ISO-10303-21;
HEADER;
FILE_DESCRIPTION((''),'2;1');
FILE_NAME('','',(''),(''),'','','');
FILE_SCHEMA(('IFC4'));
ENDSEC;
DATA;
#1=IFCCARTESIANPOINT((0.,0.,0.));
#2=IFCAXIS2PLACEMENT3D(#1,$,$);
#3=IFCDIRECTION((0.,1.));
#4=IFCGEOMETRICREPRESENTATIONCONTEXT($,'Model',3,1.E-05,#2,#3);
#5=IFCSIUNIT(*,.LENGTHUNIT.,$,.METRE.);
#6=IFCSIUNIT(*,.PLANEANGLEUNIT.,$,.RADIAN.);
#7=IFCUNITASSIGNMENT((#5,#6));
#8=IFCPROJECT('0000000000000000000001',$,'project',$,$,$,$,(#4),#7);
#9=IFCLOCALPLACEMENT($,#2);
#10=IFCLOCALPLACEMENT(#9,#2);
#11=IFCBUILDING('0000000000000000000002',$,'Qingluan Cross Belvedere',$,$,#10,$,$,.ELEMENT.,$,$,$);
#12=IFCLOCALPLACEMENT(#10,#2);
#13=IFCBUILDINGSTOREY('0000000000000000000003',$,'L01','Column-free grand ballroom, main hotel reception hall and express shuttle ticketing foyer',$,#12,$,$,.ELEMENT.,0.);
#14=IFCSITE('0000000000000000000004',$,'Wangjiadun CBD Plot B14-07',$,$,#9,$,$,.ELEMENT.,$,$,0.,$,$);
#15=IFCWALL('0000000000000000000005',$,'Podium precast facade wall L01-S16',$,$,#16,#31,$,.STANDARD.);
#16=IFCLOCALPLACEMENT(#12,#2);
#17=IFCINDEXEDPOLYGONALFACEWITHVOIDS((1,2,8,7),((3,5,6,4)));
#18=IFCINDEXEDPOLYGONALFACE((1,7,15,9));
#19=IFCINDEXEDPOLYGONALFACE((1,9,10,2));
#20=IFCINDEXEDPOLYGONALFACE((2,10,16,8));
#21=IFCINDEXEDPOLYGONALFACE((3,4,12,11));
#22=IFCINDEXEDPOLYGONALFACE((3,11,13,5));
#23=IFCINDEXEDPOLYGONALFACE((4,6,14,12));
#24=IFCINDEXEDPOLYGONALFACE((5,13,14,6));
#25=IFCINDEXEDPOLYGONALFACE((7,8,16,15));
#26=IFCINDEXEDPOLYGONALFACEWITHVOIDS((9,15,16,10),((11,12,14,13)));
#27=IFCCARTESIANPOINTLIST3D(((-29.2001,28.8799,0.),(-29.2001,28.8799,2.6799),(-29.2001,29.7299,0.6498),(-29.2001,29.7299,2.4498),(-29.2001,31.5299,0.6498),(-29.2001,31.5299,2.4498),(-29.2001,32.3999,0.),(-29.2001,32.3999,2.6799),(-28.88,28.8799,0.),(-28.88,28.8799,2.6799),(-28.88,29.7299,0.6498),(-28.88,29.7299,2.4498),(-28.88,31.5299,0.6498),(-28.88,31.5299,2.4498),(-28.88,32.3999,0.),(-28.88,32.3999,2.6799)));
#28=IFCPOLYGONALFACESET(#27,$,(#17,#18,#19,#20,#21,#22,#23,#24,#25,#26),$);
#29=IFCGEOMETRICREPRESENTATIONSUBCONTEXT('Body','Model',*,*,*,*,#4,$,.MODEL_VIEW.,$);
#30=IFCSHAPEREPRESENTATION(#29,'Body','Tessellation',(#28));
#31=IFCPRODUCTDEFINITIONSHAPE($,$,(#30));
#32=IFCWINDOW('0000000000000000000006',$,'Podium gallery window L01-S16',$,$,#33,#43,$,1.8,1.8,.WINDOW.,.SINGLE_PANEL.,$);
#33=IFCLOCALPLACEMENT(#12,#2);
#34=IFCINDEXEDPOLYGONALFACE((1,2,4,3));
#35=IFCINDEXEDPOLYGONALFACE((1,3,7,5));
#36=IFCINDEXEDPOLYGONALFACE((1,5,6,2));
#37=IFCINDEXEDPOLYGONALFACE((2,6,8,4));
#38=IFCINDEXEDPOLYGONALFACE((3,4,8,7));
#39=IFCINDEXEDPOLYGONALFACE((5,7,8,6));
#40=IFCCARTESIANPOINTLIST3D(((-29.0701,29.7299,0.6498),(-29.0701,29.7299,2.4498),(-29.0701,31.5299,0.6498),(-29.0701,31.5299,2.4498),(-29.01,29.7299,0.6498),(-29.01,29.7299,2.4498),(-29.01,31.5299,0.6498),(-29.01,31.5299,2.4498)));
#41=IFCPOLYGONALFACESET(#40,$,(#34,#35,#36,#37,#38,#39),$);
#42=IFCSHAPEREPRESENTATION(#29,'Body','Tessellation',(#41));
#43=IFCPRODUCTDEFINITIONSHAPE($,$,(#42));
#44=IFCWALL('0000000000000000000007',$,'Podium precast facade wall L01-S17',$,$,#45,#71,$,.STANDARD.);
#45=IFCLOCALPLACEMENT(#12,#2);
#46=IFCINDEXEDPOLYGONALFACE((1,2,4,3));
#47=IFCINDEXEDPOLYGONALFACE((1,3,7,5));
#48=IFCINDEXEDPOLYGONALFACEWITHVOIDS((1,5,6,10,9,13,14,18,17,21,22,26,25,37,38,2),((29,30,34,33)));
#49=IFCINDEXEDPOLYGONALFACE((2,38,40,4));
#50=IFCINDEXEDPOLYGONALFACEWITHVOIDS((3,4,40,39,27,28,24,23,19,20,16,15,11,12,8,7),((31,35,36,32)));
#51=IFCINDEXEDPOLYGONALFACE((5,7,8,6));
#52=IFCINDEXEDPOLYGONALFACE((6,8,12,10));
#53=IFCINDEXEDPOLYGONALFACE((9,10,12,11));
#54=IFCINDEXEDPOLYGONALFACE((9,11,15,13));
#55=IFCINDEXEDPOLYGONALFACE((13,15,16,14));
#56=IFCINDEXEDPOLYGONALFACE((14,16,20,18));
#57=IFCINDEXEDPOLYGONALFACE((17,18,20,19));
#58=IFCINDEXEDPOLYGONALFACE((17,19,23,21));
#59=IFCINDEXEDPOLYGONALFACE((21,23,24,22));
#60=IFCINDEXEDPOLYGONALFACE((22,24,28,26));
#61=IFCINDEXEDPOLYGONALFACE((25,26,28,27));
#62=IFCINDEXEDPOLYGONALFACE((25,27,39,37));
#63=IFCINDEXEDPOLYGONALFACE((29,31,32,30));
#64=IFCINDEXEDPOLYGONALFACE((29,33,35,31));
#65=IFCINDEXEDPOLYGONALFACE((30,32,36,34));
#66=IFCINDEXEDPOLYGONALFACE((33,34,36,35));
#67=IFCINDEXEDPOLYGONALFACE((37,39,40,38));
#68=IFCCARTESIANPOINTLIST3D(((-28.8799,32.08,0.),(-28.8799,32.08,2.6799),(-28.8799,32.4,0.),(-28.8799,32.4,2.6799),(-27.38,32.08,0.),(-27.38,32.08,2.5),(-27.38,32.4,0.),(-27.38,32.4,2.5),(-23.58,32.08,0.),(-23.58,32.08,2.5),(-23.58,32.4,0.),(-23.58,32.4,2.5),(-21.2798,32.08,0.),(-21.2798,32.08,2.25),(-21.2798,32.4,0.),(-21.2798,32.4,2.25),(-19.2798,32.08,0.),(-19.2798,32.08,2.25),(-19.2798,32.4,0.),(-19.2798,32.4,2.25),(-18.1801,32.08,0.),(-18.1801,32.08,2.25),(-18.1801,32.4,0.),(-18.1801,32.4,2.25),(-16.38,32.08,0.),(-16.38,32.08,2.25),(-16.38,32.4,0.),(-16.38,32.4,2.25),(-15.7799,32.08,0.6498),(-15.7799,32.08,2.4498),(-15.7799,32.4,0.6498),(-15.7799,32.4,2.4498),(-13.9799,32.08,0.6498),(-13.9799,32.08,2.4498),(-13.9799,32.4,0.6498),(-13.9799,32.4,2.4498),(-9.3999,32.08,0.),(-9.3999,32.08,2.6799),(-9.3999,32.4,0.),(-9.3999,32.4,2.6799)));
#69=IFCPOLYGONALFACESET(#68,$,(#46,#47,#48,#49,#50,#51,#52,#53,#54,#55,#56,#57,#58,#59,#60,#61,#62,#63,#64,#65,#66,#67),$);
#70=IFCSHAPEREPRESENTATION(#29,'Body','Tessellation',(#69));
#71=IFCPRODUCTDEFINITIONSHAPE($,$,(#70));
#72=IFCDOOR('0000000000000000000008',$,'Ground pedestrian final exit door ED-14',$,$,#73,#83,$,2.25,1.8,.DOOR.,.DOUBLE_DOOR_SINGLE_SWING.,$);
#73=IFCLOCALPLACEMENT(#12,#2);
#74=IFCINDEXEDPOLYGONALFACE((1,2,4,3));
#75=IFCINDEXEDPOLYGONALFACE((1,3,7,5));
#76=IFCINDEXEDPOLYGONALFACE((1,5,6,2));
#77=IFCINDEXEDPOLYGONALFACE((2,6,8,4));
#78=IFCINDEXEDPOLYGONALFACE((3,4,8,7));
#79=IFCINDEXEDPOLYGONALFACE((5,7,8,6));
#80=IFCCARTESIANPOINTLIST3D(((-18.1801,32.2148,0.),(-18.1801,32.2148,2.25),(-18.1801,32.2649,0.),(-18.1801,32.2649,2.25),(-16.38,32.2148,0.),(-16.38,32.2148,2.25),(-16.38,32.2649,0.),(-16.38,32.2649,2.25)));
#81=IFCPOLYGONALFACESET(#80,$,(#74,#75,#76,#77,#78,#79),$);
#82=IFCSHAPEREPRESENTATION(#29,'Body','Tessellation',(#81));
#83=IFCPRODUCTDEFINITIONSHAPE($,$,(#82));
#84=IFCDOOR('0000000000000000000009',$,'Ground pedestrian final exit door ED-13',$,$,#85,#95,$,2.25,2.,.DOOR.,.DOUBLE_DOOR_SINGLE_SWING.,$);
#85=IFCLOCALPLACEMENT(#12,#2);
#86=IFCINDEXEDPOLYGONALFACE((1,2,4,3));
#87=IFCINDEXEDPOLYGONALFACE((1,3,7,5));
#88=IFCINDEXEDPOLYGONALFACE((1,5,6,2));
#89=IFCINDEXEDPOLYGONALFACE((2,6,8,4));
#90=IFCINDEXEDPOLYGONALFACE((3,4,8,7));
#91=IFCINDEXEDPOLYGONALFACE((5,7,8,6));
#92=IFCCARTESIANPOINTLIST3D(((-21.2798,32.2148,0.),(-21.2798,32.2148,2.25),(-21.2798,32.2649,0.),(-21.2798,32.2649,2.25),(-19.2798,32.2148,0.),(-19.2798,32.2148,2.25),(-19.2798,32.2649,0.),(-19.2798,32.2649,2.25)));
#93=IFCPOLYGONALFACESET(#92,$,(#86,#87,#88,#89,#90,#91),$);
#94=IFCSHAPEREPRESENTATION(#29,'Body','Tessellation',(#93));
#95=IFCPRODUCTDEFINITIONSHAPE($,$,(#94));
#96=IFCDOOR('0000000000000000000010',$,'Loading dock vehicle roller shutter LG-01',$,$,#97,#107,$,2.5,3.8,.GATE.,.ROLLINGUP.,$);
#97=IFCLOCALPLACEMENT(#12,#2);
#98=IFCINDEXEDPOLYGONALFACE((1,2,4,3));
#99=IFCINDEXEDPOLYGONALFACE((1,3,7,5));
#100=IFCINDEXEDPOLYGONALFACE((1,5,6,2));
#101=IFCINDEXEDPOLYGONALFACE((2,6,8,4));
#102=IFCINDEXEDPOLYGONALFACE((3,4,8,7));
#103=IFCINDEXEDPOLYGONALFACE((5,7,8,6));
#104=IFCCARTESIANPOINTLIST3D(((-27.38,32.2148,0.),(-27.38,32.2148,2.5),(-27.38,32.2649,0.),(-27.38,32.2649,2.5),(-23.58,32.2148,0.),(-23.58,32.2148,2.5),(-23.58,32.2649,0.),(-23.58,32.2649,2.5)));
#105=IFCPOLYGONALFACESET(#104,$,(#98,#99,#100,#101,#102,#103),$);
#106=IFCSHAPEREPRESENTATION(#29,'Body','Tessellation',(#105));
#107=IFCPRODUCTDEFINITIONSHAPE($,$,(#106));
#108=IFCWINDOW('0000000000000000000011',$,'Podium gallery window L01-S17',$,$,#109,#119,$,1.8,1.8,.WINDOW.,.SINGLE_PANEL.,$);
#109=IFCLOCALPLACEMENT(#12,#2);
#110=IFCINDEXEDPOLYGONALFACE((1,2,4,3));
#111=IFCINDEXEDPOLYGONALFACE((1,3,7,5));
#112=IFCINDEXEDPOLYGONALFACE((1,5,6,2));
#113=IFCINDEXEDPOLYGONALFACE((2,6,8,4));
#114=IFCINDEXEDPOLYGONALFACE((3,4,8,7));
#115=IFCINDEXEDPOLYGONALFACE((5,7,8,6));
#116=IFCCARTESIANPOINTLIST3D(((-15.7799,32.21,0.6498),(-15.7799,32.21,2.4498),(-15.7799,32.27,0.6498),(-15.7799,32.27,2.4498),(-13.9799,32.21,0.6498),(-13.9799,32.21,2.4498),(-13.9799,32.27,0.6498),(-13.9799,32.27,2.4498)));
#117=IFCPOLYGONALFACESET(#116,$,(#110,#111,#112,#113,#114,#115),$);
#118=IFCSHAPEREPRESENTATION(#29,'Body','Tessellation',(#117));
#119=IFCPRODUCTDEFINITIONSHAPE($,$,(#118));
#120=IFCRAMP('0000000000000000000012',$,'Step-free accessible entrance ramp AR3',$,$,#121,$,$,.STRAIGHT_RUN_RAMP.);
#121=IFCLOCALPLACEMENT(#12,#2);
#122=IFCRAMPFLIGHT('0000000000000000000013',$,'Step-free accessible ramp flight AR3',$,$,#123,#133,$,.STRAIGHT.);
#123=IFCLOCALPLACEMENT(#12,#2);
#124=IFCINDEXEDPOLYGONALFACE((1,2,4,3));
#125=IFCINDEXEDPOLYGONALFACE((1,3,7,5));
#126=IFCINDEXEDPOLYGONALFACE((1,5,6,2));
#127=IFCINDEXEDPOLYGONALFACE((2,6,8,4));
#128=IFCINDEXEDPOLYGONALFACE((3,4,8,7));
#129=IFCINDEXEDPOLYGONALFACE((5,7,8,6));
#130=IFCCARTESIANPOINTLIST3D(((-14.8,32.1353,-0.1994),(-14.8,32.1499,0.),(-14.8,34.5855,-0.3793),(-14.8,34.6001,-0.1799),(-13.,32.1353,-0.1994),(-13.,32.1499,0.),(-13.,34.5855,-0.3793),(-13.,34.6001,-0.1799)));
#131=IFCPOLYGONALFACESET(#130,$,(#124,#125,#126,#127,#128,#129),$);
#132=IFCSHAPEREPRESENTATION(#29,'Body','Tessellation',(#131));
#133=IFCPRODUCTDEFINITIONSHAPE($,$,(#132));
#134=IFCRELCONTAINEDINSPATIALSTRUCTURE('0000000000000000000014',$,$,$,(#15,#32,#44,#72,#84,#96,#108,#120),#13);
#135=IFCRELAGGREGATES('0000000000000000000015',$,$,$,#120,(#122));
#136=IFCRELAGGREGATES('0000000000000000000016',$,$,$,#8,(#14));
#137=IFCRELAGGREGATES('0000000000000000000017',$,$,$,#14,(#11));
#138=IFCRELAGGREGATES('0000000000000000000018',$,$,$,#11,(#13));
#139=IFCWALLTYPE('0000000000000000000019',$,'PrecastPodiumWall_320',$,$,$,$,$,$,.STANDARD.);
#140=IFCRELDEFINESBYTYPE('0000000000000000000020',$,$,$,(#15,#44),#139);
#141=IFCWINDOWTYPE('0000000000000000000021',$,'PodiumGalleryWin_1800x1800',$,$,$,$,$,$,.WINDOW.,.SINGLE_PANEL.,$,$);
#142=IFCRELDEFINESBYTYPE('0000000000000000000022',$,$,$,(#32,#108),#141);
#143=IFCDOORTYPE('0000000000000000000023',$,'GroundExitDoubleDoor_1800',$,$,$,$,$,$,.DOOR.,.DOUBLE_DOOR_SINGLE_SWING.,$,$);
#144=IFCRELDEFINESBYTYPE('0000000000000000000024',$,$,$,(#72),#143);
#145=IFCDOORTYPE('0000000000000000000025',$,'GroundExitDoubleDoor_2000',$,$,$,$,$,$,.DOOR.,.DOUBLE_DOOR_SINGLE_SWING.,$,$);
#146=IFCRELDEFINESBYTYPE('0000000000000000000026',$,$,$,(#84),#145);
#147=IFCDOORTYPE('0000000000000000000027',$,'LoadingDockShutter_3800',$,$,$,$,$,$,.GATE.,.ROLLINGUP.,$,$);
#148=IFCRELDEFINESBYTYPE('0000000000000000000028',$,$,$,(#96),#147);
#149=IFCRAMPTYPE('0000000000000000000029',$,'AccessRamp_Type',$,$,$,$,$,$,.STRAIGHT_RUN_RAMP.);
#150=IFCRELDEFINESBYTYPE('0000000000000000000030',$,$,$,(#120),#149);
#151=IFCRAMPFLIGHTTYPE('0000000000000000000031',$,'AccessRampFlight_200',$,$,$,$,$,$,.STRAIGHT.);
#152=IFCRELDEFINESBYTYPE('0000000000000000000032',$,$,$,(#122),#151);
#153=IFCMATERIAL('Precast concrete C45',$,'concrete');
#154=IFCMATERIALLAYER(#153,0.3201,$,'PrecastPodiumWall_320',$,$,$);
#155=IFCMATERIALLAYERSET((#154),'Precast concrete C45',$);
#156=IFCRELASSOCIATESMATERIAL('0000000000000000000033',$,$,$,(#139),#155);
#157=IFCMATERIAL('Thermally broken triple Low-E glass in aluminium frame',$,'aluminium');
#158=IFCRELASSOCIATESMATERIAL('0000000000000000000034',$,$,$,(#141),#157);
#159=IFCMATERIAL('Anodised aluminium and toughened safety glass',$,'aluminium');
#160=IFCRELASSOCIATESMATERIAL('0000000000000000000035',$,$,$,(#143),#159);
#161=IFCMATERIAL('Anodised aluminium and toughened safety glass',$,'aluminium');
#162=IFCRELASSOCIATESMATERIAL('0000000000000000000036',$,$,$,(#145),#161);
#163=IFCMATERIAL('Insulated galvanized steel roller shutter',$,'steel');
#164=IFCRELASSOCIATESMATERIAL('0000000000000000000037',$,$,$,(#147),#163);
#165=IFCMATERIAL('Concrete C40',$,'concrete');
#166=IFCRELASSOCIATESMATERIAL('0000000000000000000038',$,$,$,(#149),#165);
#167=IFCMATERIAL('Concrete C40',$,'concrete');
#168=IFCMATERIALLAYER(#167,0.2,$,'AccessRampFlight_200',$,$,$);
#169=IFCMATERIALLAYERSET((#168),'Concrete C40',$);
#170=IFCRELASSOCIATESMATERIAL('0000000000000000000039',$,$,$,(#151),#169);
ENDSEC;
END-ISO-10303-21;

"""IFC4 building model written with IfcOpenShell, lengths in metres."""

from ifc_helpers import new_model, si_unit, direction, frame, frame_2d, origin, place, context, subcontext, project, spatial, polyline, rectangle, outline, extrude, material, layer, layer_set, type_object, element, fill, aggregate, save


model = new_model("IFC4")

# Units and contexts
model_context = context("Model", 3, precision=1e-05, world=origin(), true_north=direction((0.0, 1.0)))
body_context = subcontext(model_context, "Body", "Model", "MODEL_VIEW")
ifc_project = project(units=[si_unit("LENGTHUNIT", "METRE"), si_unit("PLANEANGLEUNIT", "RADIAN")], contexts=[model_context])

# Site, building, storey
site_placement = place(None, origin())
site = spatial("IfcSite", under=ifc_project, at=site_placement, Name="Wangjiadun CBD Plot B14-07", CompositionType="ELEMENT", RefElevation=0.0)
building_placement = place(site_placement, origin())
building = spatial("IfcBuilding", under=site, at=building_placement, Name="Qingluan Cross Belvedere", CompositionType="ELEMENT")
storey_placement = place(building_placement, origin())
storey = spatial("IfcBuildingStorey", under=building, at=storey_placement, Name="L01", Description="Column-free grand ballroom, main hotel reception hall and express shuttle ticketing foyer", CompositionType="ELEMENT", Elevation=0.0)

# Shared definitions
ifc_material_1 = material(Name="Precast concrete C45", Category="concrete")
ifc_layer_1 = layer(ifc_material_1, 0.3201, Name="PrecastPodiumWall_320")
ifc_layer_set_1 = layer_set([ifc_layer_1], Name="Precast concrete C45")
wall_type_1 = type_object("IfcWallType", Name="PrecastPodiumWall_320", PredefinedType="STANDARD", material=ifc_layer_set_1)

# Wall, opening, window
wall_1_placement = place(storey_placement, frame((-29.04, 28.8799, 0.0), z_axis=(0.0, 0.0, 1.0), x_axis=(0.0, 1.0, 0.0)))
wall_1 = element("IfcWall", 1, at=wall_1_placement, inside=storey, type_object=wall_type_1, Name="Podium precast facade wall L01-S16", PredefinedType="STANDARD", context=body_context, shape_type="SweptSolid", body=[
    extrude(rectangle(XDim=3.52, YDim=0.3201, at=frame_2d((1.76, 0.0))), origin(), (0.0, 0.0, 1.0), 2.6799),
])
opening_1_placement = place(wall_1_placement, frame((0.8501, 0.0, 0.6499)))
opening_1 = element("IfcOpeningElement", 2, at=opening_1_placement, cuts=wall_1, PredefinedType="OPENING", context=body_context, shape_type="SweptSolid", body=[
    extrude(rectangle(XDim=1.8, YDim=1.8, at=frame_2d((0.8999, 0.8999))), frame((0.0, 0.1699, 0.0), z_axis=(0.0, -1.0, 0.0), x_axis=(1.0, 0.0, 0.0)), (0.0, 0.0, 1.0), 0.3401),
])
ifc_material_2 = material(Name="Thermally broken triple Low-E glass in aluminium frame", Category="aluminium")
window_type = type_object("IfcWindowType", Name="PodiumGalleryWin_1800x1800", PartitioningType="SINGLE_PANEL", PredefinedType="WINDOW", material=ifc_material_2)
window_1_placement = place(opening_1_placement, origin())
window_1 = element("IfcWindow", 3, at=window_1_placement, inside=storey, type_object=window_type, Name="Podium gallery window L01-S16", OverallHeight=1.8, OverallWidth=1.8, PartitioningType="SINGLE_PANEL", PredefinedType="WINDOW", context=body_context, shape_type="SweptSolid", body=[
    extrude(rectangle(XDim=1.8, YDim=1.8, at=frame_2d((0.8999, 0.8999))), frame((0.0, 0.03, 0.0), z_axis=(0.0, -1.0, 0.0), x_axis=(1.0, 0.0, 0.0)), (0.0, 0.0, 1.0), 0.0601),
])
fill(opening_1, window_1)

# Wall, openings, doors, window
wall_2_placement = place(storey_placement, frame((-28.8799, 32.24, 0.0), z_axis=(0.0, 0.0, 1.0), x_axis=(1.0, 0.0, 0.0)))
wall_2 = element("IfcWall", 4, at=wall_2_placement, inside=storey, type_object=wall_type_1, Name="Podium precast facade wall L01-S17", PredefinedType="STANDARD", context=body_context, shape_type="SweptSolid", body=[
    extrude(rectangle(XDim=19.48, YDim=0.3201, at=frame_2d((9.74, 0.0))), origin(), (0.0, 0.0, 1.0), 2.6799),
])
opening_2_placement = place(wall_2_placement, frame((1.5, 0.0, 0.0)))
opening_2 = element("IfcOpeningElement", 5, at=opening_2_placement, cuts=wall_2, PredefinedType="OPENING", context=body_context, shape_type="SweptSolid", body=[
    extrude(rectangle(XDim=3.8, YDim=2.5, at=frame_2d((1.8999, 1.25))), frame((0.0, 0.1699, 0.0), z_axis=(0.0, -1.0, 0.0), x_axis=(1.0, 0.0, 0.0)), (0.0, 0.0, 1.0), 0.3401),
])
opening_3_placement = place(wall_2_placement, frame((7.6001, 0.0, 0.0)))
opening_3 = element("IfcOpeningElement", 6, at=opening_3_placement, cuts=wall_2, PredefinedType="OPENING", context=body_context, shape_type="SweptSolid", body=[
    extrude(rectangle(XDim=2.0, YDim=2.25, at=frame_2d((1.0, 1.125))), frame((0.0, 0.1699, 0.0), z_axis=(0.0, -1.0, 0.0), x_axis=(1.0, 0.0, 0.0)), (0.0, 0.0, 1.0), 0.3401),
])
opening_4_placement = place(wall_2_placement, frame((10.7, 0.0, 0.0)))
opening_4 = element("IfcOpeningElement", 7, at=opening_4_placement, cuts=wall_2, PredefinedType="OPENING", context=body_context, shape_type="SweptSolid", body=[
    extrude(rectangle(XDim=1.8, YDim=2.25, at=frame_2d((0.8999, 1.125))), frame((0.0, 0.1699, 0.0), z_axis=(0.0, -1.0, 0.0), x_axis=(1.0, 0.0, 0.0)), (0.0, 0.0, 1.0), 0.3401),
])
opening_5_placement = place(wall_2_placement, frame((13.1001, 0.0, 0.6499)))
opening_5 = element("IfcOpeningElement", 8, at=opening_5_placement, cuts=wall_2, PredefinedType="OPENING", context=body_context, shape_type="SweptSolid", body=[
    extrude(rectangle(XDim=1.8, YDim=1.8, at=frame_2d((0.8999, 0.8999))), frame((0.0, 0.1699, 0.0), z_axis=(0.0, -1.0, 0.0), x_axis=(1.0, 0.0, 0.0)), (0.0, 0.0, 1.0), 0.3401),
])
ifc_material_3 = material(Name="Anodised aluminium and toughened safety glass", Category="aluminium")
door_type_1 = type_object("IfcDoorType", Name="GroundExitDoubleDoor_1800", OperationType="DOUBLE_DOOR_SINGLE_SWING", PredefinedType="DOOR", material=ifc_material_3)
door_1_placement = place(opening_4_placement, origin())
door_1 = element("IfcDoor", 9, at=door_1_placement, inside=storey, type_object=door_type_1, Name="Ground pedestrian final exit door ED-14", OperationType="DOUBLE_DOOR_SINGLE_SWING", OverallHeight=2.25, OverallWidth=1.8, PredefinedType="DOOR", context=body_context, shape_type="SweptSolid", body=[
    extrude(rectangle(XDim=1.8, YDim=2.25, at=frame_2d((0.8999, 1.125))), frame((0.0, 0.0249, 0.0), z_axis=(0.0, -1.0, 0.0), x_axis=(1.0, 0.0, 0.0)), (0.0, 0.0, 1.0), 0.05),
])
fill(opening_4, door_1)
ifc_material_4 = material(Name="Anodised aluminium and toughened safety glass", Category="aluminium")
door_type_2 = type_object("IfcDoorType", Name="GroundExitDoubleDoor_2000", OperationType="DOUBLE_DOOR_SINGLE_SWING", PredefinedType="DOOR", material=ifc_material_4)
door_2_placement = place(opening_3_placement, origin())
door_2 = element("IfcDoor", 10, at=door_2_placement, inside=storey, type_object=door_type_2, Name="Ground pedestrian final exit door ED-13", OperationType="DOUBLE_DOOR_SINGLE_SWING", OverallHeight=2.25, OverallWidth=2.0, PredefinedType="DOOR", context=body_context, shape_type="SweptSolid", body=[
    extrude(rectangle(XDim=2.0, YDim=2.25, at=frame_2d((1.0, 1.125))), frame((0.0, 0.0249, 0.0), z_axis=(0.0, -1.0, 0.0), x_axis=(1.0, 0.0, 0.0)), (0.0, 0.0, 1.0), 0.05),
])
fill(opening_3, door_2)
ifc_material_5 = material(Name="Insulated galvanized steel roller shutter", Category="steel")
door_type_3 = type_object("IfcDoorType", Name="LoadingDockShutter_3800", OperationType="ROLLINGUP", PredefinedType="GATE", material=ifc_material_5)
door_3_placement = place(opening_2_placement, origin())
door_3 = element("IfcDoor", 11, at=door_3_placement, inside=storey, type_object=door_type_3, Name="Loading dock vehicle roller shutter LG-01", OperationType="ROLLINGUP", OverallHeight=2.5, OverallWidth=3.8, PredefinedType="GATE", context=body_context, shape_type="SweptSolid", body=[
    extrude(rectangle(XDim=3.8, YDim=2.5, at=frame_2d((1.8999, 1.25))), frame((0.0, 0.0249, 0.0), z_axis=(0.0, -1.0, 0.0), x_axis=(1.0, 0.0, 0.0)), (0.0, 0.0, 1.0), 0.05),
])
fill(opening_2, door_3)
window_2_placement = place(opening_5_placement, origin())
window_2 = element("IfcWindow", 12, at=window_2_placement, inside=storey, type_object=window_type, Name="Podium gallery window L01-S17", OverallHeight=1.8, OverallWidth=1.8, PartitioningType="SINGLE_PANEL", PredefinedType="WINDOW", context=body_context, shape_type="SweptSolid", body=[
    extrude(rectangle(XDim=1.8, YDim=1.8, at=frame_2d((0.8999, 0.8999))), frame((0.0, 0.03, 0.0), z_axis=(0.0, -1.0, 0.0), x_axis=(1.0, 0.0, 0.0)), (0.0, 0.0, 1.0), 0.0601),
])
fill(opening_5, window_2)

# Ramp, ramp flight
ifc_material_6 = material(Name="Concrete C40", Category="concrete")
ramp_type = type_object("IfcRampType", Name="AccessRamp_Type", PredefinedType="STRAIGHT_RUN_RAMP", material=ifc_material_6)
ramp_placement = place(storey_placement, origin())
ramp = element("IfcRamp", 13, at=ramp_placement, inside=storey, type_object=ramp_type, Name="Step-free accessible entrance ramp AR3", PredefinedType="STRAIGHT_RUN_RAMP")
ifc_material_7 = material(Name="Concrete C40", Category="concrete")
ifc_layer_2 = layer(ifc_material_7, 0.2, Name="AccessRampFlight_200")
ifc_layer_set_2 = layer_set([ifc_layer_2], Name="Concrete C40")
ramp_flight_type = type_object("IfcRampFlightType", Name="AccessRampFlight_200", PredefinedType="STRAIGHT", material=ifc_layer_set_2)
ramp_flight_placement = place(storey_placement, frame((-13.0, 34.6001, -0.1799), z_axis=(0.0, 0.073238, 0.997314), x_axis=(-1.0, 0.0, 0.0)))
ramp_flight = element("IfcRampFlight", 14, at=ramp_flight_placement, type_object=ramp_flight_type, Name="Step-free accessible ramp flight AR3", PredefinedType="STRAIGHT", context=body_context, shape_type="SweptSolid", body=[
    extrude(outline(polyline([(0.0, 0.0), (1.8, 0.0), (1.8, 2.4568), (0.0, 2.4568), (0.0, 0.0)])), origin(), (0.0, 0.0, -1.0), 0.2),
])
aggregate(ramp, [ramp_flight])

save(model, "model.ifc")
